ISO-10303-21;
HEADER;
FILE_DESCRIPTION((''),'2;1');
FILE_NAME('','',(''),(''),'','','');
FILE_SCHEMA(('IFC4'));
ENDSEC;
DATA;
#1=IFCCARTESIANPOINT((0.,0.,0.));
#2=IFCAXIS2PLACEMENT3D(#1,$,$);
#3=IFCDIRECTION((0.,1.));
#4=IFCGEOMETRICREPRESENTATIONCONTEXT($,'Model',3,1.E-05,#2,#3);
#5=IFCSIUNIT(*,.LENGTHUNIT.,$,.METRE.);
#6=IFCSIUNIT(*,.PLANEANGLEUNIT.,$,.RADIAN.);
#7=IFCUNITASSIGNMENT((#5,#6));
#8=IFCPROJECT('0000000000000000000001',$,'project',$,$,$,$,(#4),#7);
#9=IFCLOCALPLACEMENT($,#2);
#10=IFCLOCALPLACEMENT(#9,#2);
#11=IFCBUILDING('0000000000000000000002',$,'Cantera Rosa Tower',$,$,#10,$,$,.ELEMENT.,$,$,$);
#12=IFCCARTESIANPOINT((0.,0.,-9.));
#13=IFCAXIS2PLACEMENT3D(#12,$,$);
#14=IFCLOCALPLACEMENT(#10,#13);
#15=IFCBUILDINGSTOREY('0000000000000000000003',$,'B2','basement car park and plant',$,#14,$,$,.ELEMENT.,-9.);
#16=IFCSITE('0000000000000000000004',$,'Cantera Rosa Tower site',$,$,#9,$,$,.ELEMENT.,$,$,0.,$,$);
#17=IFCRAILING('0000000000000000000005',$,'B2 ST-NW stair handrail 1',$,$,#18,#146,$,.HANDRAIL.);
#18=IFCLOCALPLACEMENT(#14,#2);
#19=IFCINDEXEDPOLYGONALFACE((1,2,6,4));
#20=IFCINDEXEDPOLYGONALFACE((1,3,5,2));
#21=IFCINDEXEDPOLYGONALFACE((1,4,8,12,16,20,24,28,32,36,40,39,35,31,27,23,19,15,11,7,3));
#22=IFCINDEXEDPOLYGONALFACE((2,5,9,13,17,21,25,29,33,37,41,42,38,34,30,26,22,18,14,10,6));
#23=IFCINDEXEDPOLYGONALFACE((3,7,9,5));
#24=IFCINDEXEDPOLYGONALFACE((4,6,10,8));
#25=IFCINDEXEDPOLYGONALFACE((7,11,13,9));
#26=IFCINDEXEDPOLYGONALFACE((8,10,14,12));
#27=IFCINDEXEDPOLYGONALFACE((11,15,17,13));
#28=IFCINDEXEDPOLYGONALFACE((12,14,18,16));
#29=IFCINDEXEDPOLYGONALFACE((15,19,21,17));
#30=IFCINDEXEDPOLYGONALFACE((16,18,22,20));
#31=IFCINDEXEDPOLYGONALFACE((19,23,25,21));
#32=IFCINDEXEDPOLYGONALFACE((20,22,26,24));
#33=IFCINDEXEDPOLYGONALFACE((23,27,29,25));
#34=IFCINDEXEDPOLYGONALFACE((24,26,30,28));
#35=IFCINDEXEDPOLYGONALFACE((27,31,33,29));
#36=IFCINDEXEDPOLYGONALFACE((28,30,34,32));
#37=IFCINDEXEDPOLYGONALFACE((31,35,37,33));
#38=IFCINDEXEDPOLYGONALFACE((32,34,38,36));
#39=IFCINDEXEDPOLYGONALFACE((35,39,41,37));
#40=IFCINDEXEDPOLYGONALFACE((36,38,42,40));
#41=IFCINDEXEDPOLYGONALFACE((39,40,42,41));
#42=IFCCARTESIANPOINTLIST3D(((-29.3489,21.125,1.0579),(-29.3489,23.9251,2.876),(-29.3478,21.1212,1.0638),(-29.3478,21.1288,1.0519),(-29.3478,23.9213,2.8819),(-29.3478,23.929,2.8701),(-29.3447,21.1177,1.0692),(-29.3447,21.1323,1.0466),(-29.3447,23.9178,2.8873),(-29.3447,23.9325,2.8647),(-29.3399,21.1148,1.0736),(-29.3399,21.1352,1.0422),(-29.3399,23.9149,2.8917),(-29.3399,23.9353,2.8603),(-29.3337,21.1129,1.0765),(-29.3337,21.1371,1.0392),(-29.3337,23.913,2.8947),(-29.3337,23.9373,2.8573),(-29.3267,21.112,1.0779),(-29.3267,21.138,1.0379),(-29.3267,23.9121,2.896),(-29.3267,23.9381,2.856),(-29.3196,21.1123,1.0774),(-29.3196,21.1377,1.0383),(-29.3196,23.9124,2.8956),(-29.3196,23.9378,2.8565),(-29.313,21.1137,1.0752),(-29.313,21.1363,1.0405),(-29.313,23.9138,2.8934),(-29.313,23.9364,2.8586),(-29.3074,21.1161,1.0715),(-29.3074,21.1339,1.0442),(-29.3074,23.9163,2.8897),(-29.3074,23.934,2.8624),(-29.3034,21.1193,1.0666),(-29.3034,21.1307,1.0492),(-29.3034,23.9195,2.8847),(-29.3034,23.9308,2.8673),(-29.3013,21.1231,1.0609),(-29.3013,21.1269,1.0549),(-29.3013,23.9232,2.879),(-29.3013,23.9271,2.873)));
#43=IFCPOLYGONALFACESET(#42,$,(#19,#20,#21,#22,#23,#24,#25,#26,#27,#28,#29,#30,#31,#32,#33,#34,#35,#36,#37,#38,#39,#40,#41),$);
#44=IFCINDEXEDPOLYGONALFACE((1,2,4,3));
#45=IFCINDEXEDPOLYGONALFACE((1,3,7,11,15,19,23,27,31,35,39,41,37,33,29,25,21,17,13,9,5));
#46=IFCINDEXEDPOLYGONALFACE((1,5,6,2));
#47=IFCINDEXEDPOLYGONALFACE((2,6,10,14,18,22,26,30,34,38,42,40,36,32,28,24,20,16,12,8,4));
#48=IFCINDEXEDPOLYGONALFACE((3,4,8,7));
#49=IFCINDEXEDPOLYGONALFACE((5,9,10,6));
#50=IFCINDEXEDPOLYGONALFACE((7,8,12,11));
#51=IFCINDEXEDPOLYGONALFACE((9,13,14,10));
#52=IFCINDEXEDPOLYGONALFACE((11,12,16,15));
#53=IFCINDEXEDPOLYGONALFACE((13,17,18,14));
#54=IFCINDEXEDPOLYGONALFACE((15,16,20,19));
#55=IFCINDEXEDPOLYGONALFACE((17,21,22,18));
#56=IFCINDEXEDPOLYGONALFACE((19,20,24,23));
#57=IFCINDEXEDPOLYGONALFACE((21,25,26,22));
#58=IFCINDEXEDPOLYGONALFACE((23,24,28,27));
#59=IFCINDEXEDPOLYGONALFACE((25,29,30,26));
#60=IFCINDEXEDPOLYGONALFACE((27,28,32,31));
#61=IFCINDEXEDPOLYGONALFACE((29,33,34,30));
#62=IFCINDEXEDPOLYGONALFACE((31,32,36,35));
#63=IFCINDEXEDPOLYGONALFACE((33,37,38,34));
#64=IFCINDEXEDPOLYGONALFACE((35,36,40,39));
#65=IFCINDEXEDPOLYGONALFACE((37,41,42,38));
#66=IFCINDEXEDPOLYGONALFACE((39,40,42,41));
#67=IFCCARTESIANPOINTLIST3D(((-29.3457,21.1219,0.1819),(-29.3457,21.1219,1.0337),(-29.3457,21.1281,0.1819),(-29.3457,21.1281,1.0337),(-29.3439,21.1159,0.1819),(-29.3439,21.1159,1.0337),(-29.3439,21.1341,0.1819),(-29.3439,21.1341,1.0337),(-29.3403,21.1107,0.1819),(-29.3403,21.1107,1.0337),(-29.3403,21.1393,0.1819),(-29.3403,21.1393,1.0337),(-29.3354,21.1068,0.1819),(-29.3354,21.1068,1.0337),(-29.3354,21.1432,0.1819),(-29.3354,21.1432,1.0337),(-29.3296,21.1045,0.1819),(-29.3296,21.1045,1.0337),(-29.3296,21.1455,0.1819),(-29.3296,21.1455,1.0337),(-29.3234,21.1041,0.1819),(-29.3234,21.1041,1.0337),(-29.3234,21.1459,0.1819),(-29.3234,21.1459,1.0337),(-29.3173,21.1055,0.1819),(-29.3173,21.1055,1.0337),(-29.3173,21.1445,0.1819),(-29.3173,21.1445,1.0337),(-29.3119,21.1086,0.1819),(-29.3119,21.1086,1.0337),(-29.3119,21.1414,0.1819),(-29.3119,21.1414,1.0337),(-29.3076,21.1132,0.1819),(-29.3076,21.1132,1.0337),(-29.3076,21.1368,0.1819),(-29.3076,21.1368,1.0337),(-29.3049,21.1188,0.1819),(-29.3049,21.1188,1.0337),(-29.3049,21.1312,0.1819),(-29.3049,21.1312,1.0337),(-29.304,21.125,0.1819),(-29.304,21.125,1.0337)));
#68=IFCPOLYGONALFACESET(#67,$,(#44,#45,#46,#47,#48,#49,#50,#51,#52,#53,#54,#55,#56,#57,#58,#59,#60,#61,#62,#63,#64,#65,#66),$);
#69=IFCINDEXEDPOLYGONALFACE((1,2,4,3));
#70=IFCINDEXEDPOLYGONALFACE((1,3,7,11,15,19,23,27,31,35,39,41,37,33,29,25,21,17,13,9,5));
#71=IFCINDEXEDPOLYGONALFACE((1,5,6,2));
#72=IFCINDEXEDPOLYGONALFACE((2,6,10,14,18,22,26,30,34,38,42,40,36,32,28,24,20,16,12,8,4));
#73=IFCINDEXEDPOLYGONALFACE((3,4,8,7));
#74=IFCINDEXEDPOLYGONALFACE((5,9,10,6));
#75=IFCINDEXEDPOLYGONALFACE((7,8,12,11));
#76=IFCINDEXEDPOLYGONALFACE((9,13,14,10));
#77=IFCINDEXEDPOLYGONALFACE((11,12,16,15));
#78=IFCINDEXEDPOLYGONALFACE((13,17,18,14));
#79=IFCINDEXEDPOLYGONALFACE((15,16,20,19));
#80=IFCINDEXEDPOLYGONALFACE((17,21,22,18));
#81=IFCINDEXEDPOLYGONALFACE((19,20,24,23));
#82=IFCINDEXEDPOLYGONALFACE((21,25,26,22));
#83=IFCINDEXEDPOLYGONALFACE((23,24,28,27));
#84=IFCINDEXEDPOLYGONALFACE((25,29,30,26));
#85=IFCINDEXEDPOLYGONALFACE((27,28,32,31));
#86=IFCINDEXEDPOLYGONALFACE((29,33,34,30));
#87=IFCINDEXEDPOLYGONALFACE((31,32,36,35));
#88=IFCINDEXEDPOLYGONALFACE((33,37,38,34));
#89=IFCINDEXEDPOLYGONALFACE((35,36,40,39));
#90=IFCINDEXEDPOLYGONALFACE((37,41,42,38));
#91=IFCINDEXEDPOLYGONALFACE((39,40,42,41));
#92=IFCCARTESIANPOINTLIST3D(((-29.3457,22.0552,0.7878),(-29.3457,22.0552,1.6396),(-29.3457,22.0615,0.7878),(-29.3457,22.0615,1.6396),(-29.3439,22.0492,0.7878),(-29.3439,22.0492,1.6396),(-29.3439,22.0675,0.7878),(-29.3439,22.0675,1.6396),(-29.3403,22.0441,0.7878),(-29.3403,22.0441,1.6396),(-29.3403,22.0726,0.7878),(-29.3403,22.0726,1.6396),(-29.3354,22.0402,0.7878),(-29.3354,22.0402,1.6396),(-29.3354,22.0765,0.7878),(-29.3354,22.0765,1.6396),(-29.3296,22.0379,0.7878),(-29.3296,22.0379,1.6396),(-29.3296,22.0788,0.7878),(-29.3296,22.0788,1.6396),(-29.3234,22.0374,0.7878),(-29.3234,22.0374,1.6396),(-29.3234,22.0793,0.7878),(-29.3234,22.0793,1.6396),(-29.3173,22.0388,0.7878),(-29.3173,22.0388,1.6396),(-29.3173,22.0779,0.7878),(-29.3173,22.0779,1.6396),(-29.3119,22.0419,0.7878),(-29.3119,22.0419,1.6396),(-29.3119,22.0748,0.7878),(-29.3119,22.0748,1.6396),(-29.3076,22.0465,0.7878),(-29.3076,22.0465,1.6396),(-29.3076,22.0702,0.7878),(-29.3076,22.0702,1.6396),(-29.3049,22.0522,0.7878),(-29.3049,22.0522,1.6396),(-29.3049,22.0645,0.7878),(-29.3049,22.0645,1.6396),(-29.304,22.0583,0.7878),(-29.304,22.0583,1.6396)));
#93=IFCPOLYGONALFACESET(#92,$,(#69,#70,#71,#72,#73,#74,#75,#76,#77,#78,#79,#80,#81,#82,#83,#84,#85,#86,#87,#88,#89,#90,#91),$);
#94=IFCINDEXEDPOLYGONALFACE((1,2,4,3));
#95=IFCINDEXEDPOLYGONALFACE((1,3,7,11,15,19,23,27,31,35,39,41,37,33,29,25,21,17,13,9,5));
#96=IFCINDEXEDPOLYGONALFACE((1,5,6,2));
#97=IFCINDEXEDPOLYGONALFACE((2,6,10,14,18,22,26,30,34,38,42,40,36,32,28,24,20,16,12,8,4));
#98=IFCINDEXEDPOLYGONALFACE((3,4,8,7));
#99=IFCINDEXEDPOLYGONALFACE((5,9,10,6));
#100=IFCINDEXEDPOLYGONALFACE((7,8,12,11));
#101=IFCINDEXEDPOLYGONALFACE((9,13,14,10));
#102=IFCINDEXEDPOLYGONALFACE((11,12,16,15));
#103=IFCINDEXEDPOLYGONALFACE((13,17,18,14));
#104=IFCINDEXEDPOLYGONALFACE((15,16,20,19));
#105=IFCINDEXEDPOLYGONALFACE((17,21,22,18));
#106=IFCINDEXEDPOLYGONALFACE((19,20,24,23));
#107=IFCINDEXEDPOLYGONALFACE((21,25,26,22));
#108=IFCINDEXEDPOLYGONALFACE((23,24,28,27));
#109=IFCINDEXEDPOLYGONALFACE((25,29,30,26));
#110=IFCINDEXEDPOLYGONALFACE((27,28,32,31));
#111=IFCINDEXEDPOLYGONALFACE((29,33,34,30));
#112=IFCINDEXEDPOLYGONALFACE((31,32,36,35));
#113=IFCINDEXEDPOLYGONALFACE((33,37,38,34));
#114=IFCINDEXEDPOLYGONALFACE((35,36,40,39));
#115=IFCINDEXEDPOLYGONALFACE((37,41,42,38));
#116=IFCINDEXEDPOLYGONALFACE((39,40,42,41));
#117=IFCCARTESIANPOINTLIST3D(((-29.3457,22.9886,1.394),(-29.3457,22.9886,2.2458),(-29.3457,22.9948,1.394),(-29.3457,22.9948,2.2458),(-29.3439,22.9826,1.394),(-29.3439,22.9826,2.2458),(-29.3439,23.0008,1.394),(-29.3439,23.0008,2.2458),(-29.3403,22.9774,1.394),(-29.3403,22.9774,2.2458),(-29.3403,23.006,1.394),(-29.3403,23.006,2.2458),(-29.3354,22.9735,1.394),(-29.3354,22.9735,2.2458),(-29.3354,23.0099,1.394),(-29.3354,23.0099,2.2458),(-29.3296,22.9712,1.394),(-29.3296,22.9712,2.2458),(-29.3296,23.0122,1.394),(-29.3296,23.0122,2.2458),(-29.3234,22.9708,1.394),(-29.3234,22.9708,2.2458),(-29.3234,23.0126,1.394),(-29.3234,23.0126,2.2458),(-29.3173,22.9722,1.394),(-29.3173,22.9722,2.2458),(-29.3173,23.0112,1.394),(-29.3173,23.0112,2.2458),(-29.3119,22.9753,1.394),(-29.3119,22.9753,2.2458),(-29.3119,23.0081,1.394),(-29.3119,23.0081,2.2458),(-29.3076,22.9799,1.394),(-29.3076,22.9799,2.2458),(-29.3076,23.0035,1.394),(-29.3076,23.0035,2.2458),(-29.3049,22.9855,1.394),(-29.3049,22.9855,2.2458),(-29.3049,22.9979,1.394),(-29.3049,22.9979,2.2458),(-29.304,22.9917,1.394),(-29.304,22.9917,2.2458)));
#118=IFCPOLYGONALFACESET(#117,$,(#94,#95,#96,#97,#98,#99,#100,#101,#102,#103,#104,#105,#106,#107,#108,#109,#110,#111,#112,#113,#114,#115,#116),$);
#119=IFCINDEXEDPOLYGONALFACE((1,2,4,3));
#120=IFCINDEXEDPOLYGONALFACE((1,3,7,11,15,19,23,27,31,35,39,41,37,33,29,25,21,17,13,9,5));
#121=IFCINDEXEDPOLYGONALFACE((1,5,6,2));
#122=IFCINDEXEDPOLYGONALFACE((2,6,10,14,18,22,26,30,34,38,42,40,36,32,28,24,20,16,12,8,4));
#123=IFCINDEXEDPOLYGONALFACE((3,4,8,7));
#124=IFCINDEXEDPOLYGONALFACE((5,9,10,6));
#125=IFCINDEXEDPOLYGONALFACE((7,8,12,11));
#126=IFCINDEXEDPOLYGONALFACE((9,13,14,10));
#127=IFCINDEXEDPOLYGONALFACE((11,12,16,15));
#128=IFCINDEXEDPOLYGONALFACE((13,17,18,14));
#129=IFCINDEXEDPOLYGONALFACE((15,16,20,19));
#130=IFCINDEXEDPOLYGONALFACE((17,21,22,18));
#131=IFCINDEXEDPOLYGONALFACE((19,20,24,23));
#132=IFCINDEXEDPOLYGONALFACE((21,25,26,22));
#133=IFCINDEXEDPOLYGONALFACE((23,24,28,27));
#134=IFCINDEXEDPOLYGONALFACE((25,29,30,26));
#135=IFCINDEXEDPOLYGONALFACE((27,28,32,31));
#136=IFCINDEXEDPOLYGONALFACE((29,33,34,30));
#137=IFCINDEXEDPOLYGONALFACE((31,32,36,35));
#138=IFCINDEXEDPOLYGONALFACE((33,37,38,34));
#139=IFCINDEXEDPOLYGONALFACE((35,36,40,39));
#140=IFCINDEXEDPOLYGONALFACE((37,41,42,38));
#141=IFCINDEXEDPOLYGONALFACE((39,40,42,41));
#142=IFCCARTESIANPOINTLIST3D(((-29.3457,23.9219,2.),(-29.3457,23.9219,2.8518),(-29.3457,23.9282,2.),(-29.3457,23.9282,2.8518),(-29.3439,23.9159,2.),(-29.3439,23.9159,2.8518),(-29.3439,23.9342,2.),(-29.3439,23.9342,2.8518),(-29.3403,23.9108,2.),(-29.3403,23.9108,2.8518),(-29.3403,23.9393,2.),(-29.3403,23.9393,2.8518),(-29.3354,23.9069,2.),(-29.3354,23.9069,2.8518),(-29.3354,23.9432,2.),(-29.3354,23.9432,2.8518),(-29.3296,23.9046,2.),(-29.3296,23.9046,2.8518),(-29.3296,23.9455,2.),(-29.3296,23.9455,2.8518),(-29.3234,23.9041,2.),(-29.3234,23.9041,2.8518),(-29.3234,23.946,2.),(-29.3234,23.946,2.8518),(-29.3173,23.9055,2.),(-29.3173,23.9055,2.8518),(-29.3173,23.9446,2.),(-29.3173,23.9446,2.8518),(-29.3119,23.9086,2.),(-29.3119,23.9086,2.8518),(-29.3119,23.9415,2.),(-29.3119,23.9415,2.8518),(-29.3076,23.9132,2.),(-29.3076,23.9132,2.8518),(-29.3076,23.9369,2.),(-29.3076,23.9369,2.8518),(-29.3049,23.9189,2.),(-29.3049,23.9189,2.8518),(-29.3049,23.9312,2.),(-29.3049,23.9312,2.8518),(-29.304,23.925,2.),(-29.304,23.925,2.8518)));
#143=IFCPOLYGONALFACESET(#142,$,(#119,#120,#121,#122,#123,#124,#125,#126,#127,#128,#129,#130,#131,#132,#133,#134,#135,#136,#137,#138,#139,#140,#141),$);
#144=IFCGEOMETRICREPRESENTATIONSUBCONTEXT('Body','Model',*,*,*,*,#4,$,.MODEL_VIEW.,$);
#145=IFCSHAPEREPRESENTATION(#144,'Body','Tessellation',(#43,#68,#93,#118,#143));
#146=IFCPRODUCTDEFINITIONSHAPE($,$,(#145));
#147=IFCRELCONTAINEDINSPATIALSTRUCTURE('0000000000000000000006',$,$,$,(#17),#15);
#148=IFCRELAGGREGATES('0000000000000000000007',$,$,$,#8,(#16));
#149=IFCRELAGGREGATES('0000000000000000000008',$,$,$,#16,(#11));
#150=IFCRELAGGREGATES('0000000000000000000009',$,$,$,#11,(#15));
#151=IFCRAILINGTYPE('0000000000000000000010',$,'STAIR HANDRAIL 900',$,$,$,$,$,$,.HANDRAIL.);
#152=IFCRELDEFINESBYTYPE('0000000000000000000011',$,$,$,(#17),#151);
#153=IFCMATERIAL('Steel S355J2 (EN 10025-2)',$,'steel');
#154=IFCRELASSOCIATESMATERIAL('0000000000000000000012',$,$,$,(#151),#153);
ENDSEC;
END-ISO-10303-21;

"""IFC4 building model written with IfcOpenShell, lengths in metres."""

from ifc_helpers import new_model, si_unit, direction, frame, origin, origin_2d, place, context, subcontext, project, spatial, circle, extrude, material, type_object, element, save


model = new_model("IFC4")

# Units and contexts
model_context = context("Model", 3, precision=1e-05, world=origin(), true_north=direction((0.0, 1.0)))
body_context = subcontext(model_context, "Body", "Model", "MODEL_VIEW")
ifc_project = project(units=[si_unit("LENGTHUNIT", "METRE"), si_unit("PLANEANGLEUNIT", "RADIAN")], contexts=[model_context])

# Site, building, storey
site_placement = place(None, origin())
site = spatial("IfcSite", under=ifc_project, at=site_placement, Name="Cantera Rosa Tower site", CompositionType="ELEMENT", RefElevation=0.0)
building_placement = place(site_placement, origin())
building = spatial("IfcBuilding", under=site, at=building_placement, Name="Cantera Rosa Tower", CompositionType="ELEMENT")
storey_placement = place(building_placement, frame((0.0, 0.0, -9.0)))
storey = spatial("IfcBuildingStorey", under=building, at=storey_placement, Name="B2", Description="basement car park and plant", CompositionType="ELEMENT", Elevation=-9.0)

# Railing
ifc_material_1 = material(Name="Steel S355J2 (EN 10025-2)", Category="steel")
railing_type_1 = type_object("IfcRailingType", Name="STAIR HANDRAIL 900", PredefinedType="HANDRAIL", material=ifc_material_1)
railing_1_placement = place(storey_placement, frame((-29.325, 21.125, 0.1819)))
element("IfcRailing", 1, at=railing_1_placement, inside=storey, type_object=railing_type_1, Name="B2 ST-NW stair handrail 1", PredefinedType="HANDRAIL", context=body_context, shape_type="SweptSolid", body=[
    extrude(circle(Radius=0.0239, at=origin_2d()), frame((0.0, 0.0, 0.876), z_axis=(0.0, 0.838706, 0.544585), x_axis=(-1.0, 0.0, 0.0)), (0.0, 0.0, 1.0), 3.3386),
    extrude(circle(Radius=0.021, at=origin_2d()), origin(), (0.0, 0.0, 1.0), 0.8518),
    extrude(circle(Radius=0.021, at=origin_2d()), frame((0.0, 0.9333, 0.606)), (0.0, 0.0, 1.0), 0.8518),
    extrude(circle(Radius=0.021, at=origin_2d()), frame((0.0, 1.8667, 1.2122)), (0.0, 0.0, 1.0), 0.8518),
    extrude(circle(Radius=0.021, at=origin_2d()), frame((0.0, 2.8, 1.8181)), (0.0, 0.0, 1.0), 0.8518),
])

save(model, "model.ifc")
